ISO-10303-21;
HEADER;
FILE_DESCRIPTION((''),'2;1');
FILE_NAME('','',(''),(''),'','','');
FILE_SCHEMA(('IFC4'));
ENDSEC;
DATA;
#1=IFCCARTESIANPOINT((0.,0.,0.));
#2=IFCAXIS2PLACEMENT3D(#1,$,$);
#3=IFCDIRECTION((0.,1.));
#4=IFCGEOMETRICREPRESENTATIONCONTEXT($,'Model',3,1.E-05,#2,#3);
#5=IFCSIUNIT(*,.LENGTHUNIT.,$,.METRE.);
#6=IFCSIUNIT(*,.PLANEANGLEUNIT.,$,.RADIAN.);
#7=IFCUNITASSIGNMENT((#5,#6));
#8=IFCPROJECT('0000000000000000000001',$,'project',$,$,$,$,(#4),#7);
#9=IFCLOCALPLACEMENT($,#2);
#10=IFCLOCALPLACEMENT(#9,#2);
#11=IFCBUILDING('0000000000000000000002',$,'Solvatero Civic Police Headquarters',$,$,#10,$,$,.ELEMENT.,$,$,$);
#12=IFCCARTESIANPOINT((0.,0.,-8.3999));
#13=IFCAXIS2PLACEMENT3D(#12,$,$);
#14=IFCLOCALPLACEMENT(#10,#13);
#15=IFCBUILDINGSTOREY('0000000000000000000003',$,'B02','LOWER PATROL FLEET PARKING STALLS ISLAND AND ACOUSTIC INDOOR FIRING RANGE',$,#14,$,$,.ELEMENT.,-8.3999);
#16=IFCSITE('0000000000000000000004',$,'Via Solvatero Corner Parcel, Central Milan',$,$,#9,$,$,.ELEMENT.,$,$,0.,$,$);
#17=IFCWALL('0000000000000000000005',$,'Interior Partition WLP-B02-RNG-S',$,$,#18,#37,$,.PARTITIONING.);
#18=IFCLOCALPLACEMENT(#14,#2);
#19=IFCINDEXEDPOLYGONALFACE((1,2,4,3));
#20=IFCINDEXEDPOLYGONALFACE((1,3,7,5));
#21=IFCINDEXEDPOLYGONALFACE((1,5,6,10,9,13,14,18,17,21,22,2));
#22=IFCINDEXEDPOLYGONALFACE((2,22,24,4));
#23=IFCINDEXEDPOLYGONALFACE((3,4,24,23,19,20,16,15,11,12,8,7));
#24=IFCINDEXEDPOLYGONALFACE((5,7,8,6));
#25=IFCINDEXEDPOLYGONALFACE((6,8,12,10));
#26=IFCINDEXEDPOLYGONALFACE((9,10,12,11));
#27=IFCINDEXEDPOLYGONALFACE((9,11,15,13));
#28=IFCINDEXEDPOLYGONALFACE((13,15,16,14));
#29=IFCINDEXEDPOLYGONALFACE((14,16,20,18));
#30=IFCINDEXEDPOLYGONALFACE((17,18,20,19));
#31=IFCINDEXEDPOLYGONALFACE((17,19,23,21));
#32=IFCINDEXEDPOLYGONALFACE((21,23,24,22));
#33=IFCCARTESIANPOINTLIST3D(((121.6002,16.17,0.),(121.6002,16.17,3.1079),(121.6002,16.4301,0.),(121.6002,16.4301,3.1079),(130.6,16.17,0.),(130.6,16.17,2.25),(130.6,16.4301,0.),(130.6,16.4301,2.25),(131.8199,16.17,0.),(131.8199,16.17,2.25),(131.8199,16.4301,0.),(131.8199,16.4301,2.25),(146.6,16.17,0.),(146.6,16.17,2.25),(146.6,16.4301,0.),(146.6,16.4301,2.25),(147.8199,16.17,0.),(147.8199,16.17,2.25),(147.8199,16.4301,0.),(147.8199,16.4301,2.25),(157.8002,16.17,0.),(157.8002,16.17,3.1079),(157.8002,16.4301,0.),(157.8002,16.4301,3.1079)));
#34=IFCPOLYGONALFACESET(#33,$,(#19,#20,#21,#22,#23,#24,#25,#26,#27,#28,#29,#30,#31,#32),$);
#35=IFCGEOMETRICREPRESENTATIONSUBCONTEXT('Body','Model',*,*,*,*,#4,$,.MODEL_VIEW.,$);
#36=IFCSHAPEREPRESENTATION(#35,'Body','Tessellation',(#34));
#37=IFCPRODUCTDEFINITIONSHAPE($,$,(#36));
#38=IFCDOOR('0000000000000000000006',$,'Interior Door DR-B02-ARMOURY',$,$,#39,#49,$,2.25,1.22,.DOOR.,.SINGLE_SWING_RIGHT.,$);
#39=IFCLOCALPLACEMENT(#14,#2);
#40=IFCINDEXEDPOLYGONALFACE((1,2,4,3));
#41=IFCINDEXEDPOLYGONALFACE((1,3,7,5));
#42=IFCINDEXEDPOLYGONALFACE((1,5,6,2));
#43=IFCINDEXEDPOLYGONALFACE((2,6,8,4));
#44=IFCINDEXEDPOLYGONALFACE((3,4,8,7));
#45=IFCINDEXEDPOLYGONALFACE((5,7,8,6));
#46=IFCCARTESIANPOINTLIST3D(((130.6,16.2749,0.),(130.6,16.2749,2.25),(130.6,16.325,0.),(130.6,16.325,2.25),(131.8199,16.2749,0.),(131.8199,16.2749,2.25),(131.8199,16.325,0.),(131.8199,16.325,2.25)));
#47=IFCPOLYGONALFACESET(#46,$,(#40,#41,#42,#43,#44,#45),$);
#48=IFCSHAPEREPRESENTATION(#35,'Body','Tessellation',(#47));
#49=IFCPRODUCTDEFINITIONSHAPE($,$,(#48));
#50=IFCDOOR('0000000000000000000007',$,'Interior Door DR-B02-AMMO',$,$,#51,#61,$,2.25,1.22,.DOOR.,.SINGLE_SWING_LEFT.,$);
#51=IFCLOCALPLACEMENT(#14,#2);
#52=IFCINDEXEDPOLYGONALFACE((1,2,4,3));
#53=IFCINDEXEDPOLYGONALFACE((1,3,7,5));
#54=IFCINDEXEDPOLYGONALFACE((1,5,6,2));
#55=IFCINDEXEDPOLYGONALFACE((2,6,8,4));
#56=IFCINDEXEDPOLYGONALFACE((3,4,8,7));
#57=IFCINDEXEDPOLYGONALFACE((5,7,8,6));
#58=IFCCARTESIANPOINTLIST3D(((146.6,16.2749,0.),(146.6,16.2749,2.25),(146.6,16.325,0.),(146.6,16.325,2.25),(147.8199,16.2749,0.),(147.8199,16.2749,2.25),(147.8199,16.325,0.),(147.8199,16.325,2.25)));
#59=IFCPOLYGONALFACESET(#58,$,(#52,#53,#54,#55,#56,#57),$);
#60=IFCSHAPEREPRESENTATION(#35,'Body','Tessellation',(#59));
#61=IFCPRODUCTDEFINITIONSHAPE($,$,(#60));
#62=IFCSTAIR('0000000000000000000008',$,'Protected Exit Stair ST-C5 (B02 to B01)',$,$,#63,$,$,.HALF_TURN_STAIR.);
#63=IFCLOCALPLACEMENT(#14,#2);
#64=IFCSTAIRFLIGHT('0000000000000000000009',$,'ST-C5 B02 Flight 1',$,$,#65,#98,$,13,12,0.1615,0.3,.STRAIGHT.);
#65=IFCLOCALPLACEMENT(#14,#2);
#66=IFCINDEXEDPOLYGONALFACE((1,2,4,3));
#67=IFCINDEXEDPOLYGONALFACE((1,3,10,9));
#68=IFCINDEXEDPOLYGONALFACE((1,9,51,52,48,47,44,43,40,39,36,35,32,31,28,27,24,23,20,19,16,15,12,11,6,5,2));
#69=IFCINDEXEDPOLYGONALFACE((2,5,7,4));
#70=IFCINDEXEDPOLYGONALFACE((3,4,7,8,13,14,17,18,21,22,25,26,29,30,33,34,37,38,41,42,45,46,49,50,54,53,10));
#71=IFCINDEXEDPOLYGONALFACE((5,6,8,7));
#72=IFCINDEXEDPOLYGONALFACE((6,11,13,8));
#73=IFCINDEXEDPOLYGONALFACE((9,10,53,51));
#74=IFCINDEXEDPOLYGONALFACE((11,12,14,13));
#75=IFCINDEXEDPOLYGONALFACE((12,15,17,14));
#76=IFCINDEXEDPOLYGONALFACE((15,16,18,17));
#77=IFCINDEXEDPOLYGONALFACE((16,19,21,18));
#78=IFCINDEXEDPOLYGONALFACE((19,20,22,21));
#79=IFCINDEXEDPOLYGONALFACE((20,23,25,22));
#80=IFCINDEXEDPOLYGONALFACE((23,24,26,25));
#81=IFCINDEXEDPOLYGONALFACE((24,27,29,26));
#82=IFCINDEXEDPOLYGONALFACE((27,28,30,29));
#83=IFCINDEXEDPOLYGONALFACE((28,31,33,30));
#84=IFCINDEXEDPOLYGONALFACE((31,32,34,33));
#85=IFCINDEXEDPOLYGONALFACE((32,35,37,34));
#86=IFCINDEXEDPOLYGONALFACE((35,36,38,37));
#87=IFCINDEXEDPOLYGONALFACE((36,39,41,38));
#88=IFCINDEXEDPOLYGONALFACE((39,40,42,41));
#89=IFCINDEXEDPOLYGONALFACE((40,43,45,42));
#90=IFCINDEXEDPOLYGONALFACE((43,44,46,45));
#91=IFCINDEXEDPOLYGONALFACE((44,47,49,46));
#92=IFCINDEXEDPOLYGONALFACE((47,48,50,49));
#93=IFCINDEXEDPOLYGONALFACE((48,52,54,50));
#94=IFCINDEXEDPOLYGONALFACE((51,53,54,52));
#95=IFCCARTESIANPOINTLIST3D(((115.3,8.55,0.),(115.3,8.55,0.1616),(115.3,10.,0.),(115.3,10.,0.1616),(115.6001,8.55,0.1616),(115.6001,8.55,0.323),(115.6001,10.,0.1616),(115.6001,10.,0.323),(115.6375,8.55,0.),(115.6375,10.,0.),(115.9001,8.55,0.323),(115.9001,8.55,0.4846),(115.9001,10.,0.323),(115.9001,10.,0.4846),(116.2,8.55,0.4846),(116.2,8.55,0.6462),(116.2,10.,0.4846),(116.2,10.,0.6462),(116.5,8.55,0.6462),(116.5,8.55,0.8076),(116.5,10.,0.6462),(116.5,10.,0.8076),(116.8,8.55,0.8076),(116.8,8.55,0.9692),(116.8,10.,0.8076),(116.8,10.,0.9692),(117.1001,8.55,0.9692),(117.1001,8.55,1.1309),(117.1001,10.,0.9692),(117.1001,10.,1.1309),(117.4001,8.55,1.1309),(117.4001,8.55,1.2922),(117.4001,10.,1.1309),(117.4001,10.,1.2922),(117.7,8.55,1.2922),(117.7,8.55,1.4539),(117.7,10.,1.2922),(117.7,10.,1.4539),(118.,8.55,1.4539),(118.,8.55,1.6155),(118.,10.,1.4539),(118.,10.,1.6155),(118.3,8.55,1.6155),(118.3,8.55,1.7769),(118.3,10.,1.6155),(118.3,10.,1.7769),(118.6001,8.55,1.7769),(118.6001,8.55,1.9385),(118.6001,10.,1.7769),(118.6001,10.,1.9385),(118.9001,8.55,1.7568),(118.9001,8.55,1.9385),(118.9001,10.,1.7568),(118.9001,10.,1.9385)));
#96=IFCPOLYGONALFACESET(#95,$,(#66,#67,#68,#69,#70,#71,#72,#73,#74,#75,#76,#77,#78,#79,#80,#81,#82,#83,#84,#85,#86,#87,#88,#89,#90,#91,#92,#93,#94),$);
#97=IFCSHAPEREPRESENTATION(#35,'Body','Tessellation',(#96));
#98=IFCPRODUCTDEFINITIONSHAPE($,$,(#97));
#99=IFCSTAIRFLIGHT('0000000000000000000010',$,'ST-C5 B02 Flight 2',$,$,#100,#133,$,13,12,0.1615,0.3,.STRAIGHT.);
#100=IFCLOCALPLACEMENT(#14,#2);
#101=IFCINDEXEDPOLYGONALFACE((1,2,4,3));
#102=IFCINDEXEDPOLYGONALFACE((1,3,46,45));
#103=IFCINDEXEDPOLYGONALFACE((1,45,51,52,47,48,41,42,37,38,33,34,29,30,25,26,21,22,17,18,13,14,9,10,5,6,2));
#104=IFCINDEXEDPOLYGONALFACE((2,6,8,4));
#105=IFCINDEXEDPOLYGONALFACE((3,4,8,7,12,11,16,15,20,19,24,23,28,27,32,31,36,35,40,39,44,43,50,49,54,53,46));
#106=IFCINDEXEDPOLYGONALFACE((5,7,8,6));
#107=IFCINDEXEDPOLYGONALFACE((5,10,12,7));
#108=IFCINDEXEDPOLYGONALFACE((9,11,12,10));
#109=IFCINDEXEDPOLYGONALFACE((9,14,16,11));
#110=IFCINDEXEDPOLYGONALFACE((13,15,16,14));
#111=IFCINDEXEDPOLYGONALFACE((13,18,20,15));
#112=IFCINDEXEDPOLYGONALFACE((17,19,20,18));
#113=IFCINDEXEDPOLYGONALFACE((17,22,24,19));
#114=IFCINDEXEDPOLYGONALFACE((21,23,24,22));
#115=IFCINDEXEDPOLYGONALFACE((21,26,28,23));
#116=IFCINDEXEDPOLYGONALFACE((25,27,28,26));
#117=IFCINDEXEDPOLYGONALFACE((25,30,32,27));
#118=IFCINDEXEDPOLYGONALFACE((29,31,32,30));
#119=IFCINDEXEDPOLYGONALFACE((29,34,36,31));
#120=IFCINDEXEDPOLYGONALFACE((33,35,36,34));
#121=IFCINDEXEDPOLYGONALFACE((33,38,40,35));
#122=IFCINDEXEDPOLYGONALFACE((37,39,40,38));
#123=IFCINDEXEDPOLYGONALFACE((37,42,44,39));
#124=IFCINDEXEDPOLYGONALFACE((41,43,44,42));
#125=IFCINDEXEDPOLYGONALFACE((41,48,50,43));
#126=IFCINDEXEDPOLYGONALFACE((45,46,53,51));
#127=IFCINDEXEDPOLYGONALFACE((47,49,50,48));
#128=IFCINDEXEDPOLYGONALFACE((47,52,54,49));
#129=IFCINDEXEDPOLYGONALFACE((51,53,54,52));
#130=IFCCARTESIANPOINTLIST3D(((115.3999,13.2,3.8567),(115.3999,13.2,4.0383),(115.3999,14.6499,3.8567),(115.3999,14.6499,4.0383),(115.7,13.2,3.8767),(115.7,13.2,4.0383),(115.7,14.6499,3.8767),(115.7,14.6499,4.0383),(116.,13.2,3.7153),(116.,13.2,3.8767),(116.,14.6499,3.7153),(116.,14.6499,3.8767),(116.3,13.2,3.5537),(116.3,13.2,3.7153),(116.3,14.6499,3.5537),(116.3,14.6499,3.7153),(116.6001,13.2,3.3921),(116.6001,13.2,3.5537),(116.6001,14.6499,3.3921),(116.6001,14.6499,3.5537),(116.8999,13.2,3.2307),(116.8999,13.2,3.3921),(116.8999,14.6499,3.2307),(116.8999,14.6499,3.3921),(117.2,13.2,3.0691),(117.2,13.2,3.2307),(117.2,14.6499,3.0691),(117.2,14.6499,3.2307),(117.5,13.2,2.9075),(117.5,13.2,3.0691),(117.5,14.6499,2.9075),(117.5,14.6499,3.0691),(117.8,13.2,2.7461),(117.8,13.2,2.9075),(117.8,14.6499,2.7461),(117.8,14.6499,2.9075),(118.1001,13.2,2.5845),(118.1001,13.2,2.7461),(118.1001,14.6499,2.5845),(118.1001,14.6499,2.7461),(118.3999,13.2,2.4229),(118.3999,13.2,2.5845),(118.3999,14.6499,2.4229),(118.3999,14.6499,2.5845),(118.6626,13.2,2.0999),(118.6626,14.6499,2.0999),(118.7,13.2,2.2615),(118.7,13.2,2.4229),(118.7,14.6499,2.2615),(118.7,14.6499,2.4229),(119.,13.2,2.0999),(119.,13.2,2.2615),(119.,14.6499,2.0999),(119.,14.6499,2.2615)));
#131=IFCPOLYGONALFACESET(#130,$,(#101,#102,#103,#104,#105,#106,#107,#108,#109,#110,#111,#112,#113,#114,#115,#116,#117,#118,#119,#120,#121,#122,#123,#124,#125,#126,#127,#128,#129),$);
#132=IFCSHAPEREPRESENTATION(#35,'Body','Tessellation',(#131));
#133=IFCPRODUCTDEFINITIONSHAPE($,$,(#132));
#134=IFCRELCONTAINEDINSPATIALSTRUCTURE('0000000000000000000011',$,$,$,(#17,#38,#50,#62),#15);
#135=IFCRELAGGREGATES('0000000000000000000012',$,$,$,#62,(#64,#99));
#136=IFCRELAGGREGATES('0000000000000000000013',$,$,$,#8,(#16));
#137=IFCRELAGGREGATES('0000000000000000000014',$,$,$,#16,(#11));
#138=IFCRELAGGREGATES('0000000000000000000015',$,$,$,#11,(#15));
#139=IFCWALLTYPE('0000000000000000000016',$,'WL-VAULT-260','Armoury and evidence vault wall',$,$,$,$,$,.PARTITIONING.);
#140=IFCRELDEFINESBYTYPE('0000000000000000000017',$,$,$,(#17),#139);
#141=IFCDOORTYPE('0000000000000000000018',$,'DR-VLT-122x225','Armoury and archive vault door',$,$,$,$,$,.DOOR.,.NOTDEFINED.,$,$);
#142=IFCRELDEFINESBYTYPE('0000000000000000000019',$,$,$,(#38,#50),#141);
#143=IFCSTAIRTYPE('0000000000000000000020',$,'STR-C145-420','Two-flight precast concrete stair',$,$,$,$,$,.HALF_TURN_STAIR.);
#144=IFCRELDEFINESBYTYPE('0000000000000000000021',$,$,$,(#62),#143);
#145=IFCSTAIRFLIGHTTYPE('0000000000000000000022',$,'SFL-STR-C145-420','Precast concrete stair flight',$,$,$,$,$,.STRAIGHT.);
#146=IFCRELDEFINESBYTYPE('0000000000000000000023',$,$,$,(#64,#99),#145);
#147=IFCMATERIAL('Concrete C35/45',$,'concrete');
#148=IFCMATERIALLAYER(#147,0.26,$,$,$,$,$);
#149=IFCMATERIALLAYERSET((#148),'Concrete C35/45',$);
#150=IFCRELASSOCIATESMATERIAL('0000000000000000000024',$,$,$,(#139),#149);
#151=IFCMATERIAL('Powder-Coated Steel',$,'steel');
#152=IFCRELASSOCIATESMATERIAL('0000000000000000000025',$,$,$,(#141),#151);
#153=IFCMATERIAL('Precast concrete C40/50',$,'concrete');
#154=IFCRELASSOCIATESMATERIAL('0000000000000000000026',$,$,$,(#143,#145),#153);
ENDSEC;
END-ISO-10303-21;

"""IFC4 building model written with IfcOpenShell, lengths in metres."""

from ifc_helpers import new_model, si_unit, direction, frame, frame_2d, origin, place, context, subcontext, project, spatial, polyline, rectangle, outline, extrude, material, layer, layer_set, type_object, element, fill, aggregate, save


model = new_model("IFC4")

# Units and contexts
model_context = context("Model", 3, precision=1e-05, world=origin(), true_north=direction((0.0, 1.0)))
body_context = subcontext(model_context, "Body", "Model", "MODEL_VIEW")
ifc_project = project(units=[si_unit("LENGTHUNIT", "METRE"), si_unit("PLANEANGLEUNIT", "RADIAN")], contexts=[model_context])

# Site, building, storey
site_placement = place(None, origin())
site = spatial("IfcSite", under=ifc_project, at=site_placement, Name="Via Solvatero Corner Parcel, Central Milan", CompositionType="ELEMENT", RefElevation=0.0)
building_placement = place(site_placement, origin())
building = spatial("IfcBuilding", under=site, at=building_placement, Name="Solvatero Civic Police Headquarters", CompositionType="ELEMENT")
storey_placement = place(building_placement, frame((0.0, 0.0, -8.3999)))
storey = spatial("IfcBuildingStorey", under=building, at=storey_placement, Name="B02", Description="LOWER PATROL FLEET PARKING STALLS ISLAND AND ACOUSTIC INDOOR FIRING RANGE", CompositionType="ELEMENT", Elevation=-8.3999)

# Shared definitions
ifc_material_1 = material(Name="Concrete C35/45", Category="concrete")

# Shared definitions
ifc_material_2 = material(Name="Powder-Coated Steel", Category="steel")

# Wall, openings, doors
ifc_layer_1 = layer(ifc_material_1, 0.26)
ifc_layer_set_1 = layer_set([ifc_layer_1], Name="Concrete C35/45")
wall_type_1 = type_object("IfcWallType", Name="WL-VAULT-260", Description="Armoury and evidence vault wall", PredefinedType="PARTITIONING", material=ifc_layer_set_1)
wall_1_placement = place(storey_placement, frame((121.6001, 16.3, 0.0), z_axis=(0.0, 0.0, 1.0), x_axis=(1.0, 0.0, 0.0)))
wall_1 = element("IfcWall", 1, at=wall_1_placement, inside=storey, type_object=wall_type_1, Name="Interior Partition WLP-B02-RNG-S", PredefinedType="PARTITIONING", context=body_context, shape_type="SweptSolid", body=[
    extrude(rectangle(XDim=36.2, YDim=0.26, at=frame_2d((18.1001, 0.0))), origin(), (0.0, 0.0, 1.0), 3.1079),
])
opening_1_placement = place(wall_1_placement, frame((9.0, 0.0, 0.0)))
opening_1 = element("IfcOpeningElement", 2, at=opening_1_placement, cuts=wall_1, PredefinedType="OPENING", context=body_context, shape_type="SweptSolid", body=[
    extrude(rectangle(XDim=1.22, YDim=2.25, at=frame_2d((0.6099, 1.125))), frame((0.0, 0.1399, 0.0), z_axis=(0.0, -1.0, 0.0), x_axis=(1.0, 0.0, 0.0)), (0.0, 0.0, 1.0), 0.28),
])
opening_2_placement = place(wall_1_placement, frame((25.0, 0.0, 0.0)))
opening_2 = element("IfcOpeningElement", 3, at=opening_2_placement, cuts=wall_1, PredefinedType="OPENING", context=body_context, shape_type="SweptSolid", body=[
    extrude(rectangle(XDim=1.22, YDim=2.25, at=frame_2d((0.6099, 1.125))), frame((0.0, 0.1399, 0.0), z_axis=(0.0, -1.0, 0.0), x_axis=(1.0, 0.0, 0.0)), (0.0, 0.0, 1.0), 0.28),
])
door_type_1 = type_object("IfcDoorType", Name="DR-VLT-122x225", Description="Armoury and archive vault door", OperationType="NOTDEFINED", PredefinedType="DOOR", material=ifc_material_2)
door_1_placement = place(opening_1_placement, origin())
door_1 = element("IfcDoor", 4, at=door_1_placement, inside=storey, type_object=door_type_1, Name="Interior Door DR-B02-ARMOURY", OperationType="SINGLE_SWING_RIGHT", OverallHeight=2.25, OverallWidth=1.22, PredefinedType="DOOR", context=body_context, shape_type="SweptSolid", body=[
    extrude(rectangle(XDim=1.22, YDim=2.25, at=frame_2d((0.6099, 1.125))), frame((0.0, 0.0249, 0.0), z_axis=(0.0, -1.0, 0.0), x_axis=(1.0, 0.0, 0.0)), (0.0, 0.0, 1.0), 0.05),
])
fill(opening_1, door_1)
door_2_placement = place(opening_2_placement, origin())
door_2 = element("IfcDoor", 5, at=door_2_placement, inside=storey, type_object=door_type_1, Name="Interior Door DR-B02-AMMO", OperationType="SINGLE_SWING_LEFT", OverallHeight=2.25, OverallWidth=1.22, PredefinedType="DOOR", context=body_context, shape_type="SweptSolid", body=[
    extrude(rectangle(XDim=1.22, YDim=2.25, at=frame_2d((0.6099, 1.125))), frame((0.0, 0.0249, 0.0), z_axis=(0.0, -1.0, 0.0), x_axis=(1.0, 0.0, 0.0)), (0.0, 0.0, 1.0), 0.05),
])
fill(opening_2, door_2)

# Stair, stair flights
ifc_material_3 = material(Name="Precast concrete C40/50", Category="concrete")
stair_type = type_object("IfcStairType", Name="STR-C145-420", Description="Two-flight precast concrete stair", PredefinedType="HALF_TURN_STAIR", material=ifc_material_3)
stair_placement = place(storey_placement, origin())
stair = element("IfcStair", 6, at=stair_placement, inside=storey, type_object=stair_type, Name="Protected Exit Stair ST-C5 (B02 to B01)", PredefinedType="HALF_TURN_STAIR")
stair_flight_type = type_object("IfcStairFlightType", Name="SFL-STR-C145-420", Description="Precast concrete stair flight", PredefinedType="STRAIGHT", material=ifc_material_3)
stair_flight_1_placement = place(storey_placement, frame((115.3, 9.2749, 0.0), z_axis=(0.0, 0.0, 1.0), x_axis=(1.0, 0.0, 0.0)))
stair_flight_1 = element("IfcStairFlight", 7, at=stair_flight_1_placement, type_object=stair_flight_type, Name="ST-C5 B02 Flight 1", NumberOfRisers=13, NumberOfTreads=12, PredefinedType="STRAIGHT", RiserHeight=0.1615, TreadLength=0.3, context=body_context, shape_type="SweptSolid", body=[
    extrude(outline(polyline([(0.0, 0.0), (0.0, 0.1616), (0.3, 0.1616), (0.3, 0.323), (0.6001, 0.323), (0.6001, 0.4846), (0.8999, 0.4846), (0.8999, 0.6462), (1.2, 0.6462), (1.2, 0.8076), (1.5, 0.8076), (1.5, 0.9692), (1.8, 0.9692), (1.8, 1.1309), (2.1001, 1.1309), (2.1001, 1.2922), (2.3999, 1.2922), (2.3999, 1.4539), (2.7, 1.4539), (2.7, 1.6155), (3.0, 1.6155), (3.0, 1.7769), (3.3, 1.7769), (3.3, 1.9385), (3.6001, 1.9385), (3.6001, 2.1001), (3.6001, 1.7568), (0.3374, 0.0), (0.0, 0.0)])), frame((0.0, 0.7251, 0.0), z_axis=(0.0, -1.0, 0.0), x_axis=(1.0, 0.0, 0.0)), (0.0, 0.0, 1.0), 1.45),
])
stair_flight_2_placement = place(storey_placement, frame((119.0, 13.925, 2.0999), z_axis=(0.0, 0.0, 1.0), x_axis=(-1.0, 0.0, 0.0)))
stair_flight_2 = element("IfcStairFlight", 8, at=stair_flight_2_placement, type_object=stair_flight_type, Name="ST-C5 B02 Flight 2", NumberOfRisers=13, NumberOfTreads=12, PredefinedType="STRAIGHT", RiserHeight=0.1615, TreadLength=0.3, context=body_context, shape_type="SweptSolid", body=[
    extrude(outline(polyline([(0.0, 0.0), (0.0, 0.1616), (0.3, 0.1616), (0.3, 0.323), (0.6001, 0.323), (0.6001, 0.4846), (0.8999, 0.4846), (0.8999, 0.6462), (1.2, 0.6462), (1.2, 0.8076), (1.5, 0.8076), (1.5, 0.9692), (1.8, 0.9692), (1.8, 1.1309), (2.1001, 1.1309), (2.1001, 1.2922), (2.3999, 1.2922), (2.3999, 1.4539), (2.7, 1.4539), (2.7, 1.6155), (3.0, 1.6155), (3.0, 1.7769), (3.3, 1.7769), (3.3, 1.9385), (3.6001, 1.9385), (3.6001, 2.1001), (3.6001, 1.7568), (0.3374, 0.0), (0.0, 0.0)])), frame((0.0, 0.7251, 0.0), z_axis=(0.0, -1.0, 0.0), x_axis=(1.0, 0.0, 0.0)), (0.0, 0.0, 1.0), 1.45),
])
aggregate(stair, [stair_flight_1, stair_flight_2])

save(model, "model.ifc")
